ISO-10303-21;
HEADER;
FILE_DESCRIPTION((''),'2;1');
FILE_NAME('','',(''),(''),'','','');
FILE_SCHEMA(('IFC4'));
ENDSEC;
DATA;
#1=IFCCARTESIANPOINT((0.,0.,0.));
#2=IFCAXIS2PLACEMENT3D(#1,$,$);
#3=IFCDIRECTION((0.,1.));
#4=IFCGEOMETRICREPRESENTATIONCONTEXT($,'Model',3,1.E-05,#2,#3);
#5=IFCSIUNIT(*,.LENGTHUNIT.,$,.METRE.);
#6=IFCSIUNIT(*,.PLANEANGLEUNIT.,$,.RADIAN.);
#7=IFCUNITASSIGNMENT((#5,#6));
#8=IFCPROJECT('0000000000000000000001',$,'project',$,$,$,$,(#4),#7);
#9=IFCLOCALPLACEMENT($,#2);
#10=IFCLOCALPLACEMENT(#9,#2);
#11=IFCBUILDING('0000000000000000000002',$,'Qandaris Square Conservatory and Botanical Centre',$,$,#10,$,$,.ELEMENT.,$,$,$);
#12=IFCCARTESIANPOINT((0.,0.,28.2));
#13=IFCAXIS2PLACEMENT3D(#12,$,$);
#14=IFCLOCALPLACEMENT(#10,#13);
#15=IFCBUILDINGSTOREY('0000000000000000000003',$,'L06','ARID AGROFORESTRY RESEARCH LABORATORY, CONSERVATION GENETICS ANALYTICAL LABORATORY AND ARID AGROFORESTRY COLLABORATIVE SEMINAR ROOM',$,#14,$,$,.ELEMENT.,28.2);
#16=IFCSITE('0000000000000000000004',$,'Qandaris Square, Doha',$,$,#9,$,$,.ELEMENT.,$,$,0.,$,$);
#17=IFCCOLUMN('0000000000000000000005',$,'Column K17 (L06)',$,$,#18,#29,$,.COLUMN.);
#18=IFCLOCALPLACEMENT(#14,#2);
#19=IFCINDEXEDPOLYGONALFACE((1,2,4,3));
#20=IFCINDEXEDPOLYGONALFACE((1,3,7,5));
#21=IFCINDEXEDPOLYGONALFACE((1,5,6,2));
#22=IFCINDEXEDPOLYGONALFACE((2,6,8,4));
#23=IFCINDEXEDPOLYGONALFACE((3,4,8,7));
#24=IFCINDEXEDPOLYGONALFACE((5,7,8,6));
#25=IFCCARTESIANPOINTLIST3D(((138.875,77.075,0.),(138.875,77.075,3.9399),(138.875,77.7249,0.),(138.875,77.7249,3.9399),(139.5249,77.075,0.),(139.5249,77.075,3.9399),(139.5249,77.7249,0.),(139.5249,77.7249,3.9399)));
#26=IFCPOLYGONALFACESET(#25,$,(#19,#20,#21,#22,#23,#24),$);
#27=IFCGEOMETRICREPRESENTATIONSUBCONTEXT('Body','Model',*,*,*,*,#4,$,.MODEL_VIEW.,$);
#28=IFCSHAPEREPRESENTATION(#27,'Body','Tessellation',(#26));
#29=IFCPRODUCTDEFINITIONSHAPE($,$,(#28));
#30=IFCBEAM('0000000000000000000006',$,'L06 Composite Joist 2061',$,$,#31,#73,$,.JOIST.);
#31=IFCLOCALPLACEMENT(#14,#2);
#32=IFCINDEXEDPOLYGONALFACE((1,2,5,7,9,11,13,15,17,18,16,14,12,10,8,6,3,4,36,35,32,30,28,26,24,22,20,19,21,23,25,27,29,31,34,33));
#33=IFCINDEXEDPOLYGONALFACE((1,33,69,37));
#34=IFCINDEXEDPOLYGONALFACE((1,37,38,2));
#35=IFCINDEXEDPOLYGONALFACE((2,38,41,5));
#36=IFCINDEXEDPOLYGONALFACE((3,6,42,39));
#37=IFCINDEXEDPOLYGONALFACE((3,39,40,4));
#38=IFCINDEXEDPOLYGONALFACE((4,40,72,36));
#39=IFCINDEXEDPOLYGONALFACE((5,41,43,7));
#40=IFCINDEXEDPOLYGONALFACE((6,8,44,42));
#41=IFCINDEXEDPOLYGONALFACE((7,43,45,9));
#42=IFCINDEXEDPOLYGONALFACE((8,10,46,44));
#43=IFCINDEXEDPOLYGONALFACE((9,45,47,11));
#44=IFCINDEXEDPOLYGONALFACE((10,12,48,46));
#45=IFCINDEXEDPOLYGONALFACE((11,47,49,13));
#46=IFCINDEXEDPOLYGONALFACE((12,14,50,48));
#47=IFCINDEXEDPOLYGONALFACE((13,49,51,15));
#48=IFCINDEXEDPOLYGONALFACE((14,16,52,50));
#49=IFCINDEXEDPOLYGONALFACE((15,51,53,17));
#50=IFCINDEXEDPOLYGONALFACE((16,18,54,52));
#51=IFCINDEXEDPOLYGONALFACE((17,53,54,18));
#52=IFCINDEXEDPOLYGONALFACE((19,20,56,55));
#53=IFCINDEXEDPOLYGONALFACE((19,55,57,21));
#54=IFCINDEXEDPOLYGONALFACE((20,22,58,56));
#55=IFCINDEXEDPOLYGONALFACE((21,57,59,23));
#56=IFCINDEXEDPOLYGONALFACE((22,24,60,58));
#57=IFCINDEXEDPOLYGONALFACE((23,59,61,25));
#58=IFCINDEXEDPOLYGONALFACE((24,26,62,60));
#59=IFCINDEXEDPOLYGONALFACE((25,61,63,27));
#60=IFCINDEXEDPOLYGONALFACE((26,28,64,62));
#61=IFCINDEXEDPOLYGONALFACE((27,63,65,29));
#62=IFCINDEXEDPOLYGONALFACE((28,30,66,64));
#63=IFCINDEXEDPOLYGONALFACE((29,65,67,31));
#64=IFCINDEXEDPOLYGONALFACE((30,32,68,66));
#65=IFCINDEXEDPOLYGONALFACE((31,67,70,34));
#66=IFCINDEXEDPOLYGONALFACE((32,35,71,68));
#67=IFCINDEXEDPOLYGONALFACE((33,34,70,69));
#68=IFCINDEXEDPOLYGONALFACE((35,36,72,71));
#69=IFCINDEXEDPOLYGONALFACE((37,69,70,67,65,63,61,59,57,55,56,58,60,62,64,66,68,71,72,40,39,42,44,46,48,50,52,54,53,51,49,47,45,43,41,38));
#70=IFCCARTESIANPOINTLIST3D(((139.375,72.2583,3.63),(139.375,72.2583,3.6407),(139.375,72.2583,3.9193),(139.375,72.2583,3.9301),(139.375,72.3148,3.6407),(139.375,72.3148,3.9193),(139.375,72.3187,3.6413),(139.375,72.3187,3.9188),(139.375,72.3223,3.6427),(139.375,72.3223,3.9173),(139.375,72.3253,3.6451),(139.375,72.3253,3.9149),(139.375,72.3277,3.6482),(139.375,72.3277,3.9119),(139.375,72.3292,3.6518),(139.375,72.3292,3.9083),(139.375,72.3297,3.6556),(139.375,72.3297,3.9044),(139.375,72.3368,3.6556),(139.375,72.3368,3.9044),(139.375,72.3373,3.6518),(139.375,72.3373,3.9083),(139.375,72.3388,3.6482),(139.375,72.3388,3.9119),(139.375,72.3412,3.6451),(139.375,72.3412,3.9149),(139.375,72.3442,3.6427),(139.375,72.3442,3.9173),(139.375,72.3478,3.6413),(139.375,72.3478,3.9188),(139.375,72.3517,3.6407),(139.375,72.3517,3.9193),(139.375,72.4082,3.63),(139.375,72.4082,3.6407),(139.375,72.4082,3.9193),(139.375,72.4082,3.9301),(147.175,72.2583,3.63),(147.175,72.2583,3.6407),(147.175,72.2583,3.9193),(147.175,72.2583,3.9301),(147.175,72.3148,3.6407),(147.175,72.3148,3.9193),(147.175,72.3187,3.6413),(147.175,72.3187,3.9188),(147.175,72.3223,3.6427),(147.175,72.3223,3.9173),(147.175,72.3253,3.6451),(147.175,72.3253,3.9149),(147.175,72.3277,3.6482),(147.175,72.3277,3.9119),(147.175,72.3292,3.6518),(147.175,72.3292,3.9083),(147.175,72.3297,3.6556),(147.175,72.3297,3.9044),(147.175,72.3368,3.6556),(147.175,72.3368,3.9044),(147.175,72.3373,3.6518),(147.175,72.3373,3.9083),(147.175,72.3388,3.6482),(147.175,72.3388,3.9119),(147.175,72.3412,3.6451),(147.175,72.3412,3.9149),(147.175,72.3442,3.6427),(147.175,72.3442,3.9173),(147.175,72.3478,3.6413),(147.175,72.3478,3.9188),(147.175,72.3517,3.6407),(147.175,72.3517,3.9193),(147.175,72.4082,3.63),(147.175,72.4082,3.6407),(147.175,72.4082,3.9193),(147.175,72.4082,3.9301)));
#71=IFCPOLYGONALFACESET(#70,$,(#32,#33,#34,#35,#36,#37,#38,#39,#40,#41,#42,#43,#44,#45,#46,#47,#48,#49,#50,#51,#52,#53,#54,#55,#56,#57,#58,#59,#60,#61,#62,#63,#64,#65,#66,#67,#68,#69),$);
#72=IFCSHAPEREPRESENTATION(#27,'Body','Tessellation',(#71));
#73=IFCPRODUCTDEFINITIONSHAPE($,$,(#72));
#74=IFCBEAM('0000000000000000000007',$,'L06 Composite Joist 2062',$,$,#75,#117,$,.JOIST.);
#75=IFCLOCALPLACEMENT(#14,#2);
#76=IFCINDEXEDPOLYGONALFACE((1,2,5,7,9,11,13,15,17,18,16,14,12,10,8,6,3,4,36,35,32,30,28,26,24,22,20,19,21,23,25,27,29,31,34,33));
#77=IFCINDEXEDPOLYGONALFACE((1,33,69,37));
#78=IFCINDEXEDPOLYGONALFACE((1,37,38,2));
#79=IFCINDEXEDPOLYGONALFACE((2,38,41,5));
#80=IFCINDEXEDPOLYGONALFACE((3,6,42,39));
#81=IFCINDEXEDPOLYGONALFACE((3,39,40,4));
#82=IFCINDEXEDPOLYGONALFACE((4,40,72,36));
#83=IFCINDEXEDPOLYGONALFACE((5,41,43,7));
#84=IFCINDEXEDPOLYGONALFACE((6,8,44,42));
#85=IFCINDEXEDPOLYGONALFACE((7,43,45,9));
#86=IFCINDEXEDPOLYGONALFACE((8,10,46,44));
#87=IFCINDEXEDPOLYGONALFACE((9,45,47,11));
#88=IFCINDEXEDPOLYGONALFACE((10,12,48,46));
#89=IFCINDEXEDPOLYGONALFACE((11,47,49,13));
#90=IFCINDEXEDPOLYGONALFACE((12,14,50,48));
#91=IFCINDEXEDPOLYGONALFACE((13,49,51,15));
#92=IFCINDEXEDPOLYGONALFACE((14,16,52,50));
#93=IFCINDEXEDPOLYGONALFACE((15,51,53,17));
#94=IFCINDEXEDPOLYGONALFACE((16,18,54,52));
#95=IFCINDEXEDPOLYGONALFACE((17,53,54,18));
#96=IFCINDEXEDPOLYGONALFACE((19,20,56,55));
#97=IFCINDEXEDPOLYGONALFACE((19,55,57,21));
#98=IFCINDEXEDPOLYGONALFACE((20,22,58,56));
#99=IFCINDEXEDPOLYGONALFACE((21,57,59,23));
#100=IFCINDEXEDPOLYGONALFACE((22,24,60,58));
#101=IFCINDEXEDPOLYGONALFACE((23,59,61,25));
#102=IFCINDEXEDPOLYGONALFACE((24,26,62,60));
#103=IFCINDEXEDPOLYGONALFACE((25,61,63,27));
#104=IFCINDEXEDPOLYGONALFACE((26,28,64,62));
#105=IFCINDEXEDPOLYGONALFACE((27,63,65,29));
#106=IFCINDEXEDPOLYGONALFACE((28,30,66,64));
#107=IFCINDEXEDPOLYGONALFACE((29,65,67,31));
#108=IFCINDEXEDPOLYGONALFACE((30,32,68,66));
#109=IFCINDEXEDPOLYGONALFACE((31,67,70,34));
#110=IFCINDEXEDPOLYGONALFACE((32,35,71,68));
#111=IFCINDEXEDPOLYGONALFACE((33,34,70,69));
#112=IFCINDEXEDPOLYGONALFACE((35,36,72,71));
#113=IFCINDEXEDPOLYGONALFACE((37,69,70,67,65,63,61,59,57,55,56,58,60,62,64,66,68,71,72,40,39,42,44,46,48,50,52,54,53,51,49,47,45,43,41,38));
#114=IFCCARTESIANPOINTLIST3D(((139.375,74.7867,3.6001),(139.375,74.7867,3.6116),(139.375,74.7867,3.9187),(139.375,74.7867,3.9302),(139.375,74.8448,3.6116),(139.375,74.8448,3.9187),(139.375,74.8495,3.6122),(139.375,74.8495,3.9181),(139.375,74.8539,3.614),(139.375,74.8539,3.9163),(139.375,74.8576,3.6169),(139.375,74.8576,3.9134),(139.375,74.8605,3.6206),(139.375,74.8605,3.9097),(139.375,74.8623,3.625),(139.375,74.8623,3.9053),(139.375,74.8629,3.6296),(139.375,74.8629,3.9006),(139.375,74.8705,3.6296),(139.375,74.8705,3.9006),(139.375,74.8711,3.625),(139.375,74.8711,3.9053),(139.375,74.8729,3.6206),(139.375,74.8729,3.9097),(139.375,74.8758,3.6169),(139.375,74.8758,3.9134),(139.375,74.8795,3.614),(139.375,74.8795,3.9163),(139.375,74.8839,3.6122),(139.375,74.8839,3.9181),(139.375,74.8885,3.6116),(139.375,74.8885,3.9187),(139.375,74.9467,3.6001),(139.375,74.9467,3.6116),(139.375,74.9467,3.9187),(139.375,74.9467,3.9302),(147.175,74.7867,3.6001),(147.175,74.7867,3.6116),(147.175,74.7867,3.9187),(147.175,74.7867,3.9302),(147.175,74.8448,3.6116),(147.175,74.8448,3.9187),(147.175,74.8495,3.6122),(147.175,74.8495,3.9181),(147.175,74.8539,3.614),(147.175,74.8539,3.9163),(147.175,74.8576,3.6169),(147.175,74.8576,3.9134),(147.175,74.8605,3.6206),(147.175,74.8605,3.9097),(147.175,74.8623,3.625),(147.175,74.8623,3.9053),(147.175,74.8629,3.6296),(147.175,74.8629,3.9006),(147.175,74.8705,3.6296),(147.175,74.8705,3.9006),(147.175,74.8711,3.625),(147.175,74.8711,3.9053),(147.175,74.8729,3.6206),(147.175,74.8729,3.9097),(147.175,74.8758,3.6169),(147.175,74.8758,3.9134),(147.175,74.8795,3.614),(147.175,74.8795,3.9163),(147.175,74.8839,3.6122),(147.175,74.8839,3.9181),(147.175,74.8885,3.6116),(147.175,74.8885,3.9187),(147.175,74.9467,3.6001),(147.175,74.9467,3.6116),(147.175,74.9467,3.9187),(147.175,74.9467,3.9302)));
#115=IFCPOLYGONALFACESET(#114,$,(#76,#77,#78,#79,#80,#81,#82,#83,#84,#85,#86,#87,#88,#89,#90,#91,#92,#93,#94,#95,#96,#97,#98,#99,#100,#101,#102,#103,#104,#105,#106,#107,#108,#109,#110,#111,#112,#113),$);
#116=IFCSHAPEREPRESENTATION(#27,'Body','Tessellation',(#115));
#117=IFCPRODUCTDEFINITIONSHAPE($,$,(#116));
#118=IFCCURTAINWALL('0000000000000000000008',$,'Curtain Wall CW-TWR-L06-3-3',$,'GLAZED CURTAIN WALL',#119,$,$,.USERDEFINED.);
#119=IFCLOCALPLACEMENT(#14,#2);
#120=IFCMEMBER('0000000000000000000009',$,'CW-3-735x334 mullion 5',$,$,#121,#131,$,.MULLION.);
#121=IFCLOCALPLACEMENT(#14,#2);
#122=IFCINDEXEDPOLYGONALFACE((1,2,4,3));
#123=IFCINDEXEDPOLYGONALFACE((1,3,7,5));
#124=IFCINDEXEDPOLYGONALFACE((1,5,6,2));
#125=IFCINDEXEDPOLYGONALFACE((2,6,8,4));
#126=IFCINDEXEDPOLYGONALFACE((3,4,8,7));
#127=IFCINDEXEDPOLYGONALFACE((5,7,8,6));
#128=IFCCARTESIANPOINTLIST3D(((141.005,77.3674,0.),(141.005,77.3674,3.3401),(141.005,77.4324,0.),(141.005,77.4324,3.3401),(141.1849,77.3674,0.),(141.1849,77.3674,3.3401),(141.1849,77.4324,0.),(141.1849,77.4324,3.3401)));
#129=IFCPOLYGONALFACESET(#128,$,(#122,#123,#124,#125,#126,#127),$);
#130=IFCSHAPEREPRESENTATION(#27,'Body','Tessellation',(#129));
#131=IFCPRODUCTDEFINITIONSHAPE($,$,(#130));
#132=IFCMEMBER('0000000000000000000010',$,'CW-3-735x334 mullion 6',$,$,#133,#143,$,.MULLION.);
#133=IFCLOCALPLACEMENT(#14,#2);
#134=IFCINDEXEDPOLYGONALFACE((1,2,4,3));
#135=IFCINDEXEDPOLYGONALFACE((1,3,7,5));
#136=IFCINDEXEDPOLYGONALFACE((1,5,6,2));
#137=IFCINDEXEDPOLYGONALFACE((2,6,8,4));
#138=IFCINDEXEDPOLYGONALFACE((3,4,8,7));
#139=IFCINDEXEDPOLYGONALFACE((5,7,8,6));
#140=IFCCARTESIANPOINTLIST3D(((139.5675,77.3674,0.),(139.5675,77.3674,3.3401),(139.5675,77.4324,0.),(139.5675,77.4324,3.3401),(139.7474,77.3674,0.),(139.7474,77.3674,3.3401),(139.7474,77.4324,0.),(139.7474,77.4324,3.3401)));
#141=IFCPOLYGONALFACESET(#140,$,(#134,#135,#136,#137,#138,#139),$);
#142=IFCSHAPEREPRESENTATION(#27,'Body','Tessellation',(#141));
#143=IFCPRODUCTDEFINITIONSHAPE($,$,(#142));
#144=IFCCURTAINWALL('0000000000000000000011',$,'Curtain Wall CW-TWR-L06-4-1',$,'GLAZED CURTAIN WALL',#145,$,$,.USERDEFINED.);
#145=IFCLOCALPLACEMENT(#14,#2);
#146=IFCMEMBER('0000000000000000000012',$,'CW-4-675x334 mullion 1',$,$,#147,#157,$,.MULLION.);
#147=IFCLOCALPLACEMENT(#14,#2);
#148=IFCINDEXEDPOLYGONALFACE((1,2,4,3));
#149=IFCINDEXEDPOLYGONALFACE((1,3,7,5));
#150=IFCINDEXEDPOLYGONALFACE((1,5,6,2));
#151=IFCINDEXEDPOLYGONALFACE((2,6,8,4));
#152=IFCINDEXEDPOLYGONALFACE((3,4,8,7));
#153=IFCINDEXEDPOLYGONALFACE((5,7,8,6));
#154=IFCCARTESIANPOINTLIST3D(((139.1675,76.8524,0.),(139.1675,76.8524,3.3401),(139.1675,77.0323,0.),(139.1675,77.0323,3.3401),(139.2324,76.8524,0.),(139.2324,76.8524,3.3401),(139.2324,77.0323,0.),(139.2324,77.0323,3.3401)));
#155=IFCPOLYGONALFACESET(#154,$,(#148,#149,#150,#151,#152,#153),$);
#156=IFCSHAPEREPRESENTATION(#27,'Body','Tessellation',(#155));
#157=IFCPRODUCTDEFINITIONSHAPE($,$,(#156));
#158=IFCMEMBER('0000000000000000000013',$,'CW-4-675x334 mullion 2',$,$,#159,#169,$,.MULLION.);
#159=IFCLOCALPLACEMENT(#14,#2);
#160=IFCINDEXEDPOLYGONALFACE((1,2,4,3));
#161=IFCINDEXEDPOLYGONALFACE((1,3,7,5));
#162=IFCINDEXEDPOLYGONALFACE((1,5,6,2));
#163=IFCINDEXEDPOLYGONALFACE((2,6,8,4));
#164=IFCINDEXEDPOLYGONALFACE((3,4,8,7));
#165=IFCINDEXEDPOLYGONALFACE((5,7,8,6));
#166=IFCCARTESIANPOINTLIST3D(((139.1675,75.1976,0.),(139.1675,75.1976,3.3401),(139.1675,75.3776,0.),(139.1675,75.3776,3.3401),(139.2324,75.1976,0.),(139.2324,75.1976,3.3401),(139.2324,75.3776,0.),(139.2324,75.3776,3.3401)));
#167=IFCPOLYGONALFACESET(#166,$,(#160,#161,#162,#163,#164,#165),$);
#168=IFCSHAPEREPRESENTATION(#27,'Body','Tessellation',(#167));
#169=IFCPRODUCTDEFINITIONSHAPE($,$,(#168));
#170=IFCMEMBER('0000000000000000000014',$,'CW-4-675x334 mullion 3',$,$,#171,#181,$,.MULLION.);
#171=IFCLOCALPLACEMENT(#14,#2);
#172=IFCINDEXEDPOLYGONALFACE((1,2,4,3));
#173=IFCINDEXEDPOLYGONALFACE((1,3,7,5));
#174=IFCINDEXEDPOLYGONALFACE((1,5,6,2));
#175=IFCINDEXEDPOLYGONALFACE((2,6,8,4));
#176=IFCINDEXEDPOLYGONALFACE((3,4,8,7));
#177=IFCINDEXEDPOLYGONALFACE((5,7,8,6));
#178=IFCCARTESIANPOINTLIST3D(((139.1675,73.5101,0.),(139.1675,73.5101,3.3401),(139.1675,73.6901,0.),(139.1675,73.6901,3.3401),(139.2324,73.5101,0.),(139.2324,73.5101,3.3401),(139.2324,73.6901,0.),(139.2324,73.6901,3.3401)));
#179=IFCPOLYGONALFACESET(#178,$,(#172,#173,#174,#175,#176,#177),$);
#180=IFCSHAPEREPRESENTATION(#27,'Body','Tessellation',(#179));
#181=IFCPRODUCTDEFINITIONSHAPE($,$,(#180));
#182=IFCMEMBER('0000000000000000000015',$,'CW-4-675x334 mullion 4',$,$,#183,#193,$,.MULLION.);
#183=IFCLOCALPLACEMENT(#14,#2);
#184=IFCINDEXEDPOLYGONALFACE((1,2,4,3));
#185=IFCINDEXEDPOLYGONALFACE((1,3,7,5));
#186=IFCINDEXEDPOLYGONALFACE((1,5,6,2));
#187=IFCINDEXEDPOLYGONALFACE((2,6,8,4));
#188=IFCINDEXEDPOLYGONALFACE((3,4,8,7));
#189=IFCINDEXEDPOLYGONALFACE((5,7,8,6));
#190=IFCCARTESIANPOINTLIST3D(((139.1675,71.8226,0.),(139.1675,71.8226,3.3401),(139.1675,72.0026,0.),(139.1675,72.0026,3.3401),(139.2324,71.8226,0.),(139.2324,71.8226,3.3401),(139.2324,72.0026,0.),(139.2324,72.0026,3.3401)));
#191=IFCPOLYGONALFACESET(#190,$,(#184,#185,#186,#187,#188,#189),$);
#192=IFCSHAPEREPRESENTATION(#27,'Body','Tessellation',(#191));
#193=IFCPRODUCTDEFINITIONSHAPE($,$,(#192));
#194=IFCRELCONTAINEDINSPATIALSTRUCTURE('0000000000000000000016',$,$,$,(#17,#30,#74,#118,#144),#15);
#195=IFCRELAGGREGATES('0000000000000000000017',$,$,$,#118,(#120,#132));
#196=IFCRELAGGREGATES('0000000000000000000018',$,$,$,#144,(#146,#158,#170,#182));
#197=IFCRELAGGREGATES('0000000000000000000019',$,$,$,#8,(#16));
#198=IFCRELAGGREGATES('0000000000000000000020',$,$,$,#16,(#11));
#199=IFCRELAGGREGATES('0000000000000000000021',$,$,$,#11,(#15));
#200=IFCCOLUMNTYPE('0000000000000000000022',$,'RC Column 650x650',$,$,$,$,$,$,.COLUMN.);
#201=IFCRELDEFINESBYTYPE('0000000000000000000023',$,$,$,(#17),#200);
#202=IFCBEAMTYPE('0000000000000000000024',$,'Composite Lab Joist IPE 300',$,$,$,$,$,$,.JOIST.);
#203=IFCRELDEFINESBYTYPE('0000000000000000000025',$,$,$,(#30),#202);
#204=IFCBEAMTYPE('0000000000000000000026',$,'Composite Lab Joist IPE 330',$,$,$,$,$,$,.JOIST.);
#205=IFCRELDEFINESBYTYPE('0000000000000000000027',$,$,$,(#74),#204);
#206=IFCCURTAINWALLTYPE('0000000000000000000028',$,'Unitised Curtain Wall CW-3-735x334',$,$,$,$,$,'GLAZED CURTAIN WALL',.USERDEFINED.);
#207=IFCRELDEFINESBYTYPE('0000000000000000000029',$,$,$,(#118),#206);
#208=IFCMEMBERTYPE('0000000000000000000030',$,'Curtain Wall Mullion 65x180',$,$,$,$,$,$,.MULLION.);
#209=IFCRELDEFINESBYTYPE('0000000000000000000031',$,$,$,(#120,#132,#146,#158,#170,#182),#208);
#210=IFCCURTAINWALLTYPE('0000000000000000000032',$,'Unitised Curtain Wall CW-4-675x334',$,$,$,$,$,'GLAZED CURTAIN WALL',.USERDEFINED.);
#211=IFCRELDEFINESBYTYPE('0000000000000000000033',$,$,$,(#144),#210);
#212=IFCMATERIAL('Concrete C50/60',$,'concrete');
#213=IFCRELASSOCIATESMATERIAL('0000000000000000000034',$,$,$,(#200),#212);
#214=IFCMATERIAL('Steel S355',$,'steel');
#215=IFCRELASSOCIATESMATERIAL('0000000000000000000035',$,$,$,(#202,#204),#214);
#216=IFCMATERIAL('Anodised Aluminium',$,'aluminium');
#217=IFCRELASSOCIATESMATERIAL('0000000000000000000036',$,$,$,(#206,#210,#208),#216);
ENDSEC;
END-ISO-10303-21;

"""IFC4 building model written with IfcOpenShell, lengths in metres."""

from ifc_helpers import new_model, si_unit, direction, frame, origin, origin_2d, place, context, subcontext, project, spatial, rectangle, i_section, extrude, material, material_profile, profile_set, type_object, element, aggregate, save


model = new_model("IFC4")

# Units and contexts
model_context = context("Model", 3, precision=1e-05, world=origin(), true_north=direction((0.0, 1.0)))
body_context = subcontext(model_context, "Body", "Model", "MODEL_VIEW")
ifc_project = project(units=[si_unit("LENGTHUNIT", "METRE"), si_unit("PLANEANGLEUNIT", "RADIAN")], contexts=[model_context])

# Site, building, storey
site_placement = place(None, origin())
site = spatial("IfcSite", under=ifc_project, at=site_placement, Name="Qandaris Square, Doha", CompositionType="ELEMENT", RefElevation=0.0)
building_placement = place(site_placement, origin())
building = spatial("IfcBuilding", under=site, at=building_placement, Name="Qandaris Square Conservatory and Botanical Centre", CompositionType="ELEMENT")
storey_placement = place(building_placement, frame((0.0, 0.0, 28.2)))
storey = spatial("IfcBuildingStorey", under=building, at=storey_placement, Name="L06", Description="ARID AGROFORESTRY RESEARCH LABORATORY, CONSERVATION GENETICS ANALYTICAL LABORATORY AND ARID AGROFORESTRY COLLABORATIVE SEMINAR ROOM", CompositionType="ELEMENT", Elevation=28.2)

# Column
ifc_material_1 = material(Name="Concrete C50/60", Category="concrete")
ifc_material_profile_1 = material_profile(ifc_material_1, rectangle(XDim=0.6499, YDim=0.6499, at=origin_2d()), Name="RC-COL 650x650")
ifc_profile_set_1 = profile_set([ifc_material_profile_1], Name="Concrete C50/60")
column_type = type_object("IfcColumnType", Name="RC Column 650x650", PredefinedType="COLUMN", material=ifc_profile_set_1)
column_placement = place(storey_placement, frame((139.2, 77.3999, 0.0), z_axis=(0.0, 0.0, 1.0), x_axis=(1.0, 0.0, 0.0)))
element("IfcColumn", 1, at=column_placement, inside=storey, type_object=column_type, Name="Column K17 (L06)", PredefinedType="COLUMN", context=body_context, shape_type="SweptSolid", body=[
    extrude(rectangle(XDim=0.6499, YDim=0.6499, at=origin_2d()), origin(), (0.0, 0.0, 1.0), 3.9399),
])

# Beams
ifc_material_2 = material(Name="Steel S355", Category="steel")
ifc_material_profile_2 = material_profile(ifc_material_2, i_section(OverallWidth=0.1499, OverallDepth=0.3, WebThickness=0.0071, FlangeThickness=0.0107, FilletRadius=0.0149, at=origin_2d()), Name="IPE 300")
ifc_profile_set_2 = profile_set([ifc_material_profile_2], Name="Steel S355")
beam_type_1 = type_object("IfcBeamType", Name="Composite Lab Joist IPE 300", PredefinedType="JOIST", material=ifc_profile_set_2)
beam_1_placement = place(storey_placement, frame((139.375, 72.3333, 3.78), z_axis=(1.0, 0.0, 0.0), x_axis=(0.0, 1.0, 0.0)))
element("IfcBeam", 2, at=beam_1_placement, inside=storey, type_object=beam_type_1, Name="L06 Composite Joist 2061", PredefinedType="JOIST", context=body_context, shape_type="SweptSolid", body=[
    extrude(i_section(OverallWidth=0.1499, OverallDepth=0.3, WebThickness=0.0071, FlangeThickness=0.0107, FilletRadius=0.0149, at=origin_2d()), origin(), (0.0, 0.0, 1.0), 7.8),
])
ifc_material_profile_3 = material_profile(ifc_material_2, i_section(OverallWidth=0.1599, OverallDepth=0.3301, WebThickness=0.0076, FlangeThickness=0.0115, FilletRadius=0.0181, at=origin_2d()), Name="IPE 330")
ifc_profile_set_3 = profile_set([ifc_material_profile_3], Name="Steel S355")
beam_type_2 = type_object("IfcBeamType", Name="Composite Lab Joist IPE 330", PredefinedType="JOIST", material=ifc_profile_set_3)
beam_2_placement = place(storey_placement, frame((139.375, 74.8667, 3.7651), z_axis=(1.0, 0.0, 0.0), x_axis=(0.0, 1.0, 0.0)))
element("IfcBeam", 3, at=beam_2_placement, inside=storey, type_object=beam_type_2, Name="L06 Composite Joist 2062", PredefinedType="JOIST", context=body_context, shape_type="SweptSolid", body=[
    extrude(i_section(OverallWidth=0.1599, OverallDepth=0.3301, WebThickness=0.0076, FlangeThickness=0.0115, FilletRadius=0.0181, at=origin_2d()), origin(), (0.0, 0.0, 1.0), 7.8),
])

# Curtain walls, members
ifc_material_3 = material(Name="Anodised Aluminium", Category="aluminium")
curtain_wall_type_1 = type_object("IfcCurtainWallType", Name="Unitised Curtain Wall CW-3-735x334", ElementType="GLAZED CURTAIN WALL", PredefinedType="USERDEFINED", material=ifc_material_3)
curtain_wall_1_placement = place(storey_placement, origin())
curtain_wall_1 = element("IfcCurtainWall", 4, at=curtain_wall_1_placement, inside=storey, type_object=curtain_wall_type_1, Name="Curtain Wall CW-TWR-L06-3-3", ObjectType="GLAZED CURTAIN WALL", PredefinedType="USERDEFINED")
ifc_material_profile_4 = material_profile(ifc_material_3, rectangle(XDim=0.0649, YDim=0.1799, at=origin_2d()), Name="ALU-MUL 65x180")
ifc_profile_set_4 = profile_set([ifc_material_profile_4], Name="Anodised Aluminium")
member_type_1 = type_object("IfcMemberType", Name="Curtain Wall Mullion 65x180", PredefinedType="MULLION", material=ifc_profile_set_4)
member_1_placement = place(storey_placement, frame((141.095, 77.3999, 0.0), z_axis=(0.0, 0.0, 1.0), x_axis=(0.0, -1.0, 0.0)))
member_1 = element("IfcMember", 5, at=member_1_placement, type_object=member_type_1, Name="CW-3-735x334 mullion 5", PredefinedType="MULLION", context=body_context, shape_type="SweptSolid", body=[
    extrude(rectangle(XDim=0.0649, YDim=0.1799, at=origin_2d()), origin(), (0.0, 0.0, 1.0), 3.3401),
])
member_2_placement = place(storey_placement, frame((139.6575, 77.3999, 0.0), z_axis=(0.0, 0.0, 1.0), x_axis=(0.0, -1.0, 0.0)))
member_2 = element("IfcMember", 6, at=member_2_placement, type_object=member_type_1, Name="CW-3-735x334 mullion 6", PredefinedType="MULLION", context=body_context, shape_type="SweptSolid", body=[
    extrude(rectangle(XDim=0.0649, YDim=0.1799, at=origin_2d()), origin(), (0.0, 0.0, 1.0), 3.3401),
])
curtain_wall_type_2 = type_object("IfcCurtainWallType", Name="Unitised Curtain Wall CW-4-675x334", ElementType="GLAZED CURTAIN WALL", PredefinedType="USERDEFINED", material=ifc_material_3)
curtain_wall_2_placement = place(storey_placement, origin())
curtain_wall_2 = element("IfcCurtainWall", 7, at=curtain_wall_2_placement, inside=storey, type_object=curtain_wall_type_2, Name="Curtain Wall CW-TWR-L06-4-1", ObjectType="GLAZED CURTAIN WALL", PredefinedType="USERDEFINED")
member_3_placement = place(storey_placement, frame((139.2, 76.9424, 0.0), z_axis=(0.0, 0.0, 1.0), x_axis=(1.0, 0.0, 0.0)))
member_3 = element("IfcMember", 8, at=member_3_placement, type_object=member_type_1, Name="CW-4-675x334 mullion 1", PredefinedType="MULLION", context=body_context, shape_type="SweptSolid", body=[
    extrude(rectangle(XDim=0.0649, YDim=0.1799, at=origin_2d()), origin(), (0.0, 0.0, 1.0), 3.3401),
])
member_4_placement = place(storey_placement, frame((139.2, 75.2876, 0.0), z_axis=(0.0, 0.0, 1.0), x_axis=(1.0, 0.0, 0.0)))
member_4 = element("IfcMember", 9, at=member_4_placement, type_object=member_type_1, Name="CW-4-675x334 mullion 2", PredefinedType="MULLION", context=body_context, shape_type="SweptSolid", body=[
    extrude(rectangle(XDim=0.0649, YDim=0.1799, at=origin_2d()), origin(), (0.0, 0.0, 1.0), 3.3401),
])
member_5_placement = place(storey_placement, frame((139.2, 73.6001, 0.0), z_axis=(0.0, 0.0, 1.0), x_axis=(1.0, 0.0, 0.0)))
member_5 = element("IfcMember", 10, at=member_5_placement, type_object=member_type_1, Name="CW-4-675x334 mullion 3", PredefinedType="MULLION", context=body_context, shape_type="SweptSolid", body=[
    extrude(rectangle(XDim=0.0649, YDim=0.1799, at=origin_2d()), origin(), (0.0, 0.0, 1.0), 3.3401),
])
member_6_placement = place(storey_placement, frame((139.2, 71.9126, 0.0), z_axis=(0.0, 0.0, 1.0), x_axis=(1.0, 0.0, 0.0)))
member_6 = element("IfcMember", 11, at=member_6_placement, type_object=member_type_1, Name="CW-4-675x334 mullion 4", PredefinedType="MULLION", context=body_context, shape_type="SweptSolid", body=[
    extrude(rectangle(XDim=0.0649, YDim=0.1799, at=origin_2d()), origin(), (0.0, 0.0, 1.0), 3.3401),
])

aggregate(curtain_wall_1, [member_1, member_2])
aggregate(curtain_wall_2, [member_3, member_4, member_5, member_6])

save(model, "model.ifc")
